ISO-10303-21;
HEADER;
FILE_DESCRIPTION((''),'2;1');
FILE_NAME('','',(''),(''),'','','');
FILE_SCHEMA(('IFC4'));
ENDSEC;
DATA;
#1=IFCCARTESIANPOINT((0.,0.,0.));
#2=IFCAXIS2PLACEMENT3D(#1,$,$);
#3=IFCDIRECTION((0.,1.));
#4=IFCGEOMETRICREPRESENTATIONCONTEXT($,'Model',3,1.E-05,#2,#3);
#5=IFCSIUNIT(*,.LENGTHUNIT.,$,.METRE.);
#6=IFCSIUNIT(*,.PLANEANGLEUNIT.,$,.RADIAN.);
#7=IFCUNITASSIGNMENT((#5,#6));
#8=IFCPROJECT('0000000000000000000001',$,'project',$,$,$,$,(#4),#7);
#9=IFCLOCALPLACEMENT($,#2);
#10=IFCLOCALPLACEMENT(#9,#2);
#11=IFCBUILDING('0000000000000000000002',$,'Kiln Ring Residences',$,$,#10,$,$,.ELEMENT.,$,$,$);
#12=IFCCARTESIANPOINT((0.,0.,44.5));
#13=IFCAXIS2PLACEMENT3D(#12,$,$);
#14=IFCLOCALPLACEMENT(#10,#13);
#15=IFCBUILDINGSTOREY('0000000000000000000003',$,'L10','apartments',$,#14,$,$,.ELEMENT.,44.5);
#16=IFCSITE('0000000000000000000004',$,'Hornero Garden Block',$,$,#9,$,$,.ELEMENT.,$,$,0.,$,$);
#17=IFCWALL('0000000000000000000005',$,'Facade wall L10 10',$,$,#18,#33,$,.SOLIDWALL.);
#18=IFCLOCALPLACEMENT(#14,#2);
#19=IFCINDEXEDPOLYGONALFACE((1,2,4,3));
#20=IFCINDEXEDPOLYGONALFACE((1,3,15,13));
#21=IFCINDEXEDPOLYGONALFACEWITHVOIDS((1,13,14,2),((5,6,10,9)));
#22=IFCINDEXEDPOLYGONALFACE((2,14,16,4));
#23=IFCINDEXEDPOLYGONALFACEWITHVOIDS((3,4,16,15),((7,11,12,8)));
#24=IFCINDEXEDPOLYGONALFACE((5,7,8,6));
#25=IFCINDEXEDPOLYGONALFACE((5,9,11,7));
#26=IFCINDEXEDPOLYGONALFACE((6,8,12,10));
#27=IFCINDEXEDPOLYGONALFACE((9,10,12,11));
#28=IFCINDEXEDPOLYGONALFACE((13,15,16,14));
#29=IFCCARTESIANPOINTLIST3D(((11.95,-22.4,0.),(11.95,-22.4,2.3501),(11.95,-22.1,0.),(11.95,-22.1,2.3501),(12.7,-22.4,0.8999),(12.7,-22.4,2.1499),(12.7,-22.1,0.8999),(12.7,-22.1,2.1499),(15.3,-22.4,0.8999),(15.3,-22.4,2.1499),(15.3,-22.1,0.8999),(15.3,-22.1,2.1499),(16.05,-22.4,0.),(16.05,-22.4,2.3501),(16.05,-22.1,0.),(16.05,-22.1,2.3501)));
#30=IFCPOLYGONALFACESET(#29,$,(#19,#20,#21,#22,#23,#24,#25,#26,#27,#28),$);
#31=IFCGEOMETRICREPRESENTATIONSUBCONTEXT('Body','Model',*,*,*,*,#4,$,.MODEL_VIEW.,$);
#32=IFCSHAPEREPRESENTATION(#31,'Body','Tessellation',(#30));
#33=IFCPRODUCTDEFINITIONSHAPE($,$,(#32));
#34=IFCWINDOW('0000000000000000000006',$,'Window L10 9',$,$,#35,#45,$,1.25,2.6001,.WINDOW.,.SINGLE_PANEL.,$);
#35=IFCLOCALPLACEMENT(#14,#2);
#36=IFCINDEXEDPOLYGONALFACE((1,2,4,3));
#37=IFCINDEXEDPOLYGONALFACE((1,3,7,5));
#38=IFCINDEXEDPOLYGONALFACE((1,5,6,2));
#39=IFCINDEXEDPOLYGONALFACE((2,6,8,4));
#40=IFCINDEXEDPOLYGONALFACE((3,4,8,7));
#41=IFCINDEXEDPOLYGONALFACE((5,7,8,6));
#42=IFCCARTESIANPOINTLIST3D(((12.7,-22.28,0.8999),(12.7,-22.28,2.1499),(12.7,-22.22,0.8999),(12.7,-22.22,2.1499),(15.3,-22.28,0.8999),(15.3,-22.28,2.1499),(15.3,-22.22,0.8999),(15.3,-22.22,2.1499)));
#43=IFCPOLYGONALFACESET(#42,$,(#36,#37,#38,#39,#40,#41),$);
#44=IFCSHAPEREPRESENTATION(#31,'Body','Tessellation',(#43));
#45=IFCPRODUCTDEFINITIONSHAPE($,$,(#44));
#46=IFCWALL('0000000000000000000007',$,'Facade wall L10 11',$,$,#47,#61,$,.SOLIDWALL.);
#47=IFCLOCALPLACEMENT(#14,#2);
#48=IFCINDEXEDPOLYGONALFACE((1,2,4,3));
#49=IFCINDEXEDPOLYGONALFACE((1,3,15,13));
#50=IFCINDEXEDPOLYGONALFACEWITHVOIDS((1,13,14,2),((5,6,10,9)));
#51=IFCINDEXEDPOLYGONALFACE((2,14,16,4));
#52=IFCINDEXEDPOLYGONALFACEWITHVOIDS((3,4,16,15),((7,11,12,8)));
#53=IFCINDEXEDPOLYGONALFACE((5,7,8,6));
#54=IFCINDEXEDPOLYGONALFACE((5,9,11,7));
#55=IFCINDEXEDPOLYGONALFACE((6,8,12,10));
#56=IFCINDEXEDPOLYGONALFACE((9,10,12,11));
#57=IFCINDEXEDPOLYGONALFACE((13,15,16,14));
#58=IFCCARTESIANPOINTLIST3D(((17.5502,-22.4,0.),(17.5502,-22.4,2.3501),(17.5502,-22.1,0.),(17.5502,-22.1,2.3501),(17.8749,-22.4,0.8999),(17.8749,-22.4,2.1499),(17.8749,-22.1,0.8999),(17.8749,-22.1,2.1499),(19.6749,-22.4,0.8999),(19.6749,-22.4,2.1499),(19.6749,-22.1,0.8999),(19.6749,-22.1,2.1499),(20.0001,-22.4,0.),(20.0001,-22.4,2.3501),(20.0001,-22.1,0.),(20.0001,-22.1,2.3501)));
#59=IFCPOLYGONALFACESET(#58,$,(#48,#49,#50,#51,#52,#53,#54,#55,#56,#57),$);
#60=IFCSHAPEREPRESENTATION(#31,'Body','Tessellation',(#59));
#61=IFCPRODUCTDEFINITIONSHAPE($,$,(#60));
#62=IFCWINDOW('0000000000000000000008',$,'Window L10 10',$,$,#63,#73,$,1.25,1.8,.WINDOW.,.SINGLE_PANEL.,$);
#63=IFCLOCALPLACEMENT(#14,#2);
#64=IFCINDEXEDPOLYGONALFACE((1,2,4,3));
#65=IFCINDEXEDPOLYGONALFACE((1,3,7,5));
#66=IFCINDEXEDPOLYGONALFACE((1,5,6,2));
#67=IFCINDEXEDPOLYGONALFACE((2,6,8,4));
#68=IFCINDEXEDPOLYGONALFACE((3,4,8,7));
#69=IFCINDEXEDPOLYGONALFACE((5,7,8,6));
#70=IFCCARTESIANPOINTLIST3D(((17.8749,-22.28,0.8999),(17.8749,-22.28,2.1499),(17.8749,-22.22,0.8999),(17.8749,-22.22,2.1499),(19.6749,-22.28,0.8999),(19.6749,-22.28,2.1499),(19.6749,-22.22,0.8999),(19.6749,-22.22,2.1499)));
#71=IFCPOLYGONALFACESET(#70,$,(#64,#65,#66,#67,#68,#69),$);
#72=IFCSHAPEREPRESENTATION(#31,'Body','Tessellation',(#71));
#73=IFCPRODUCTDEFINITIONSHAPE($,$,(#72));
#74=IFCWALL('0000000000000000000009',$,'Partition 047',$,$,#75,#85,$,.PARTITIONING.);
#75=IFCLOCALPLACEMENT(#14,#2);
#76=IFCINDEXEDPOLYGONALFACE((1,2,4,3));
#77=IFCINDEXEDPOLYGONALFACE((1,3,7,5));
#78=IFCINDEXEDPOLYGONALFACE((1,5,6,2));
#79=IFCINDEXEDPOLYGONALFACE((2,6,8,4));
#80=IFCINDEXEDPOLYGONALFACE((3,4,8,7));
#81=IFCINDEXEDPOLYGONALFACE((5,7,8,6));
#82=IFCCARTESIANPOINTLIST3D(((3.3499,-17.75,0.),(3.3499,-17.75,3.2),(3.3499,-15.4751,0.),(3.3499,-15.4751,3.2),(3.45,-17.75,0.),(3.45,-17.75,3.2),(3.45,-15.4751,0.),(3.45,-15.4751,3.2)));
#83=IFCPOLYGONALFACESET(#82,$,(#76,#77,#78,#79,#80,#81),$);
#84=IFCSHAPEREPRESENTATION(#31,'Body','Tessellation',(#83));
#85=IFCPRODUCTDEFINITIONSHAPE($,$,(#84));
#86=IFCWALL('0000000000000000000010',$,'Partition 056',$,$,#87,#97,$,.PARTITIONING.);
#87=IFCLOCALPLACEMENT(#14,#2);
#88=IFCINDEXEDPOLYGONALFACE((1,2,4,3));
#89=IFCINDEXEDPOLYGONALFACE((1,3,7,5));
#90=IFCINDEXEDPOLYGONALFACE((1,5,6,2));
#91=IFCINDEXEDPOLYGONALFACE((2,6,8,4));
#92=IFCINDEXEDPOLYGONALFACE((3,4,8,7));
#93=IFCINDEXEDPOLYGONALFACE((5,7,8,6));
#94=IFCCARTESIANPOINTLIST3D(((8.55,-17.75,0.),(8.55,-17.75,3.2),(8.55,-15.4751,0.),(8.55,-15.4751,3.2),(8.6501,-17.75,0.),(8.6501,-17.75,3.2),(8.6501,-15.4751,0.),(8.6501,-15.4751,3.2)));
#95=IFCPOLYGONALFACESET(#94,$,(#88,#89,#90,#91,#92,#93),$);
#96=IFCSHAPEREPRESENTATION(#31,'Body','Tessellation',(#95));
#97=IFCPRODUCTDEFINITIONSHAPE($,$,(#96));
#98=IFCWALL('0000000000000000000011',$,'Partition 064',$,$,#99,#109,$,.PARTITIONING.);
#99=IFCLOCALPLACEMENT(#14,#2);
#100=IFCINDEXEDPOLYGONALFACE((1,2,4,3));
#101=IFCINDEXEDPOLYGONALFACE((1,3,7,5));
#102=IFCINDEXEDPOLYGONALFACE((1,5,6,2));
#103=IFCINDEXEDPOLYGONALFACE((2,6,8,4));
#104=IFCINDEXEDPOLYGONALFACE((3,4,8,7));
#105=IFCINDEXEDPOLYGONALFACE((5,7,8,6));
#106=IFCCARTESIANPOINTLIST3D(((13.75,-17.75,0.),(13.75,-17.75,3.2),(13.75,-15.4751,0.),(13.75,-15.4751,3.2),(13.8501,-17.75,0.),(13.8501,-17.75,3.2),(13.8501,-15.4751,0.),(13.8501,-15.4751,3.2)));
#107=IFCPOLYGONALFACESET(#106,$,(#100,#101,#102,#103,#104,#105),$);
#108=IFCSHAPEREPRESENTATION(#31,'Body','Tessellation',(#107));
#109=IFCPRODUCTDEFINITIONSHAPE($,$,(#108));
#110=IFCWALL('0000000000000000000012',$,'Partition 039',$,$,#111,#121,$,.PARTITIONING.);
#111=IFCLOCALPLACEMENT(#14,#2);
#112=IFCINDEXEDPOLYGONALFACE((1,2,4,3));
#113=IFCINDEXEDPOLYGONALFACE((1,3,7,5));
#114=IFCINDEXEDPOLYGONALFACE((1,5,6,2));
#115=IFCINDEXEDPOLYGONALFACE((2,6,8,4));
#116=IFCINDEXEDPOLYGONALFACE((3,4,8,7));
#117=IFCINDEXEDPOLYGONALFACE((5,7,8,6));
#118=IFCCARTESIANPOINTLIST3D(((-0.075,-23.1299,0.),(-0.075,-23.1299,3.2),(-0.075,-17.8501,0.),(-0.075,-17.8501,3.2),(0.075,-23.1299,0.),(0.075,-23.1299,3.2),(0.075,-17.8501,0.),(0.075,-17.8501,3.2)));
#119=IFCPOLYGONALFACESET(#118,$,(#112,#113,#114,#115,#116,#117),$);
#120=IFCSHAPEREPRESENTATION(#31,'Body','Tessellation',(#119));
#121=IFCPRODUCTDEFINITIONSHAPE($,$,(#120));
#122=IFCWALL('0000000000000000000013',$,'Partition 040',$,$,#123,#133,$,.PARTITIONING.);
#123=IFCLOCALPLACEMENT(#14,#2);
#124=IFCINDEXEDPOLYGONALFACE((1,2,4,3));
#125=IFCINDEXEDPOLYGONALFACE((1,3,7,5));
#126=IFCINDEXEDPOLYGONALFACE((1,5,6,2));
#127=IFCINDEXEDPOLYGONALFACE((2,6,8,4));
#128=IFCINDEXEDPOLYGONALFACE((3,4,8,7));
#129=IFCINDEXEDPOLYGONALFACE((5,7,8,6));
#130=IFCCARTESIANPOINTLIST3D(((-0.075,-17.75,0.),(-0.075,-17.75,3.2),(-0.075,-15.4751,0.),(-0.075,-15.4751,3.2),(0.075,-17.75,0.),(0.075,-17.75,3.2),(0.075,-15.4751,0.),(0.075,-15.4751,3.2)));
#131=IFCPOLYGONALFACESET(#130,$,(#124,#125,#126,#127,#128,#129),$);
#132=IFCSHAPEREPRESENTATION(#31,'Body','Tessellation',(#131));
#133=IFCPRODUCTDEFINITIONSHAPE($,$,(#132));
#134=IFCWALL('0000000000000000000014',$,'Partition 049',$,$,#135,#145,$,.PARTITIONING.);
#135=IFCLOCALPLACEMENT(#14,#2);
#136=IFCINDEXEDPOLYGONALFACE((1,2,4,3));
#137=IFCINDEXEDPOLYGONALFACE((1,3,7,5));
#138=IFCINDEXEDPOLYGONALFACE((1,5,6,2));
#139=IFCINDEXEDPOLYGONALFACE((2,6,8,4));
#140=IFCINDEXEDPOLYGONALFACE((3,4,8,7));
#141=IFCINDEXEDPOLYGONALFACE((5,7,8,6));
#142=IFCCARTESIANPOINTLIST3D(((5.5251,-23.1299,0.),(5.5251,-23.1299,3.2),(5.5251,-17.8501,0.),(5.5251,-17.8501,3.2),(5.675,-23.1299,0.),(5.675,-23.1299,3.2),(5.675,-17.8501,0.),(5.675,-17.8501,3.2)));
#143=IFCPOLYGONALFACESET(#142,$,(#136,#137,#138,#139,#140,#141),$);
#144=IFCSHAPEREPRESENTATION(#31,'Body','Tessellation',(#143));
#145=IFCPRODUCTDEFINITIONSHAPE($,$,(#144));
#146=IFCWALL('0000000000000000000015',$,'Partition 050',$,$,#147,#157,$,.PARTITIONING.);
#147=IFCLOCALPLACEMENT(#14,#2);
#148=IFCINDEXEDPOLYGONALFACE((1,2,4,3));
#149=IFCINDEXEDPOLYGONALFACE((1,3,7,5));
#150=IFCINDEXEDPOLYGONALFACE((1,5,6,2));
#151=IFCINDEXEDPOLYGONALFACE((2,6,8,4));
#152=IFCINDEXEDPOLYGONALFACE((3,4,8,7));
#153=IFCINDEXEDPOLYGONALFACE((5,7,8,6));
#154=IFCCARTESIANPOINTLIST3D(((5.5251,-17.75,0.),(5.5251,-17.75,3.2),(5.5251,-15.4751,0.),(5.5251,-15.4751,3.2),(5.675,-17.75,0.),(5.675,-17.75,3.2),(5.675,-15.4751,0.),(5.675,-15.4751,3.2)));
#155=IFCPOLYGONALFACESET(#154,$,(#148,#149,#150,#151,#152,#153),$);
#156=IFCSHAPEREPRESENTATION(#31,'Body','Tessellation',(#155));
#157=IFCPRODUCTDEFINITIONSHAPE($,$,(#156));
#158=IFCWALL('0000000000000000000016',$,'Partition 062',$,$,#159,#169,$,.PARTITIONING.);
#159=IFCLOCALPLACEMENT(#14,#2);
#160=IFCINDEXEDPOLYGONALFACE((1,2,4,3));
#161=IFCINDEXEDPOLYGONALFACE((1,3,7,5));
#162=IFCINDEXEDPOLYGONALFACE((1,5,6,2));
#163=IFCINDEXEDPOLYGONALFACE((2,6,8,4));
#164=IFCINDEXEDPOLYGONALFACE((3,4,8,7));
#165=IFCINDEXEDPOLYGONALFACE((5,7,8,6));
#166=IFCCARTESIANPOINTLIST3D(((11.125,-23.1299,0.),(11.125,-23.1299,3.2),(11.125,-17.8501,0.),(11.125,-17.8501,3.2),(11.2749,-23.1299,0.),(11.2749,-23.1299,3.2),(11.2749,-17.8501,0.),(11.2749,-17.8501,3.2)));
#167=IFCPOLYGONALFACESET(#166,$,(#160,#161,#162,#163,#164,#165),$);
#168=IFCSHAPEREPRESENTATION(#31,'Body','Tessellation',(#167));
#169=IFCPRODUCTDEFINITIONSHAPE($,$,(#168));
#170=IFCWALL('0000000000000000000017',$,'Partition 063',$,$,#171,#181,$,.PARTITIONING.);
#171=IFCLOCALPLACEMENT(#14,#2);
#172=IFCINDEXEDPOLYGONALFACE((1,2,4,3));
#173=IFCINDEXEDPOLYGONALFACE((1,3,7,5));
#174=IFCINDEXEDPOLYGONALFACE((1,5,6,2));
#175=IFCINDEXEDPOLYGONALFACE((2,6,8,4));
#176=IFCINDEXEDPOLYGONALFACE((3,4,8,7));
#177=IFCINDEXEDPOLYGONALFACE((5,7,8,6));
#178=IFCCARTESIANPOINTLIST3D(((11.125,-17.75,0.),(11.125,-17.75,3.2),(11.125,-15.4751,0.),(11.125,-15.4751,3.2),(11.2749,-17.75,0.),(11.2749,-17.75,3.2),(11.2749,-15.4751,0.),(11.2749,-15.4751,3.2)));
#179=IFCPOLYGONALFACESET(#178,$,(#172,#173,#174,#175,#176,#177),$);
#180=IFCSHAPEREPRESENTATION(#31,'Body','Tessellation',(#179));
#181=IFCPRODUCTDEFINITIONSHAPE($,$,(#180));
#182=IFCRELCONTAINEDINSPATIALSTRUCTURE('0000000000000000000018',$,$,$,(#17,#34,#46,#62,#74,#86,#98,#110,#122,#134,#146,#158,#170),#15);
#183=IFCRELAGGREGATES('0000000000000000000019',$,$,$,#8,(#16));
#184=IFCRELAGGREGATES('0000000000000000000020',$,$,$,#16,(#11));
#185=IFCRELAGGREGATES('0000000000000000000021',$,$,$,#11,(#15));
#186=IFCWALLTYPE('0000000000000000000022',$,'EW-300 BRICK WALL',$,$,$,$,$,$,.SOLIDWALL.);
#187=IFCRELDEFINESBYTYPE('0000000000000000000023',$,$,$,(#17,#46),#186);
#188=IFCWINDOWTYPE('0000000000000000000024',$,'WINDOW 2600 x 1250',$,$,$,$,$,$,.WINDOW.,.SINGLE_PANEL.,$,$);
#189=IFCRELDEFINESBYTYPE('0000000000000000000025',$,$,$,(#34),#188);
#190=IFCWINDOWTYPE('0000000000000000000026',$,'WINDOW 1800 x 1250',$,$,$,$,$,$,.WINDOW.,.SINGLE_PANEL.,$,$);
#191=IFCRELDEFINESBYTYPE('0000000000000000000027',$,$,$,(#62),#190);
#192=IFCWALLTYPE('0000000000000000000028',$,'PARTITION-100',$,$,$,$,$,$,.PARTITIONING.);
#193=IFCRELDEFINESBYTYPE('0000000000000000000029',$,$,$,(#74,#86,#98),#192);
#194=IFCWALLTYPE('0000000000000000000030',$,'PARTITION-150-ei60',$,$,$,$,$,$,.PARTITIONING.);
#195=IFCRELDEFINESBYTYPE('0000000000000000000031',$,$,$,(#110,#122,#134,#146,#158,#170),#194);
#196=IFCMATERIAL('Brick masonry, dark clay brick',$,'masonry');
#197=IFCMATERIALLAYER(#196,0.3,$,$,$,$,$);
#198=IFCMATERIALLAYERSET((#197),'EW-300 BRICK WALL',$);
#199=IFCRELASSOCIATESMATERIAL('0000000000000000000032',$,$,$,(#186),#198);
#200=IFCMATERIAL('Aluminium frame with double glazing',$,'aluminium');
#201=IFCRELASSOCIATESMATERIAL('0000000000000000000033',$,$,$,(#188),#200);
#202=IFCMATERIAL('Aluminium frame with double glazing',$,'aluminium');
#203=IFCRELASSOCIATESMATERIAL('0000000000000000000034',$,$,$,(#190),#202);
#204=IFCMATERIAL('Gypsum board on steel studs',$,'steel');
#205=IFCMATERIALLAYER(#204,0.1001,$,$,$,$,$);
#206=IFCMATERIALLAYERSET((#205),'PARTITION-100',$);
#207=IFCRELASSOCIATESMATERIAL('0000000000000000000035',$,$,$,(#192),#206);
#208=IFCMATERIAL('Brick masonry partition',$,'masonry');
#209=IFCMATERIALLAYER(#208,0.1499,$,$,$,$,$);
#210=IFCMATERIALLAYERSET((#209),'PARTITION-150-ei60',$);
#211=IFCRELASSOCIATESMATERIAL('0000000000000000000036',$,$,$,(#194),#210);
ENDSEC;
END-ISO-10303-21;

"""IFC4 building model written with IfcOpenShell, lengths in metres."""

from ifc_helpers import new_model, si_unit, direction, frame, frame_2d, origin, place, context, subcontext, project, spatial, rectangle, extrude, material, layer, layer_set, type_object, element, fill, save


model = new_model("IFC4")

# Units and contexts
model_context = context("Model", 3, precision=1e-05, world=origin(), true_north=direction((0.0, 1.0)))
body_context = subcontext(model_context, "Body", "Model", "MODEL_VIEW")
ifc_project = project(units=[si_unit("LENGTHUNIT", "METRE"), si_unit("PLANEANGLEUNIT", "RADIAN")], contexts=[model_context])

# Site, building, storey
site_placement = place(None, origin())
site = spatial("IfcSite", under=ifc_project, at=site_placement, Name="Hornero Garden Block", CompositionType="ELEMENT", RefElevation=0.0)
building_placement = place(site_placement, origin())
building = spatial("IfcBuilding", under=site, at=building_placement, Name="Kiln Ring Residences", CompositionType="ELEMENT")
storey_placement = place(building_placement, frame((0.0, 0.0, 44.5)))
storey = spatial("IfcBuildingStorey", under=building, at=storey_placement, Name="L10", Description="apartments", CompositionType="ELEMENT", Elevation=44.5)

# Walls, openings, windows
ifc_material_1 = material(Name="Brick masonry, dark clay brick", Category="masonry")
ifc_layer_1 = layer(ifc_material_1, 0.3)
ifc_layer_set_1 = layer_set([ifc_layer_1], Name="EW-300 BRICK WALL")
wall_type_1 = type_object("IfcWallType", Name="EW-300 BRICK WALL", PredefinedType="SOLIDWALL", material=ifc_layer_set_1)
ifc_material_2 = material(Name="Aluminium frame with double glazing", Category="aluminium")
window_type_1 = type_object("IfcWindowType", Name="WINDOW 2600 x 1250", PartitioningType="SINGLE_PANEL", PredefinedType="WINDOW", material=ifc_material_2)
wall_1_placement = place(storey_placement, frame((11.95, -22.25, 0.0), z_axis=(0.0, 0.0, 1.0), x_axis=(1.0, 0.0, 0.0)))
wall_1 = element("IfcWall", 1, at=wall_1_placement, inside=storey, type_object=wall_type_1, Name="Facade wall L10 10", PredefinedType="SOLIDWALL", context=body_context, shape_type="SweptSolid", body=[
    extrude(rectangle(XDim=4.1001, YDim=0.3, at=frame_2d((2.05, 0.0))), origin(), (0.0, 0.0, 1.0), 2.3501),
])
opening_1_placement = place(wall_1_placement, frame((0.75, 0.0, 0.8999)))
opening_1 = element("IfcOpeningElement", 2, at=opening_1_placement, cuts=wall_1, PredefinedType="OPENING", context=body_context, shape_type="SweptSolid", body=[
    extrude(rectangle(XDim=2.6001, YDim=1.25, at=frame_2d((1.3, 0.625))), frame((0.0, 0.1599, 0.0), z_axis=(0.0, -1.0, 0.0), x_axis=(1.0, 0.0, 0.0)), (0.0, 0.0, 1.0), 0.3201),
])
window_1_placement = place(opening_1_placement, origin())
window_1 = element("IfcWindow", 3, at=window_1_placement, inside=storey, type_object=window_type_1, Name="Window L10 9", OverallHeight=1.25, OverallWidth=2.6001, PartitioningType="SINGLE_PANEL", PredefinedType="WINDOW", context=body_context, shape_type="SweptSolid", body=[
    extrude(rectangle(XDim=2.6001, YDim=1.25, at=frame_2d((1.3, 0.625))), frame((0.0, 0.03, 0.0), z_axis=(0.0, -1.0, 0.0), x_axis=(1.0, 0.0, 0.0)), (0.0, 0.0, 1.0), 0.0601),
])
fill(opening_1, window_1)
wall_2_placement = place(storey_placement, frame((17.55, -22.25, 0.0), z_axis=(0.0, 0.0, 1.0), x_axis=(1.0, 0.0, 0.0)))
wall_2 = element("IfcWall", 4, at=wall_2_placement, inside=storey, type_object=wall_type_1, Name="Facade wall L10 11", PredefinedType="SOLIDWALL", context=body_context, shape_type="SweptSolid", body=[
    extrude(rectangle(XDim=2.45, YDim=0.3, at=frame_2d((1.2251, 0.0))), origin(), (0.0, 0.0, 1.0), 2.3501),
])
opening_2_placement = place(wall_2_placement, frame((0.325, 0.0, 0.8999)))
opening_2 = element("IfcOpeningElement", 5, at=opening_2_placement, cuts=wall_2, PredefinedType="OPENING", context=body_context, shape_type="SweptSolid", body=[
    extrude(rectangle(XDim=1.8, YDim=1.25, at=frame_2d((0.8999, 0.625))), frame((0.0, 0.1599, 0.0), z_axis=(0.0, -1.0, 0.0), x_axis=(1.0, 0.0, 0.0)), (0.0, 0.0, 1.0), 0.3201),
])
ifc_material_3 = material(Name="Aluminium frame with double glazing", Category="aluminium")
window_type_2 = type_object("IfcWindowType", Name="WINDOW 1800 x 1250", PartitioningType="SINGLE_PANEL", PredefinedType="WINDOW", material=ifc_material_3)
window_2_placement = place(opening_2_placement, origin())
window_2 = element("IfcWindow", 6, at=window_2_placement, inside=storey, type_object=window_type_2, Name="Window L10 10", OverallHeight=1.25, OverallWidth=1.8, PartitioningType="SINGLE_PANEL", PredefinedType="WINDOW", context=body_context, shape_type="SweptSolid", body=[
    extrude(rectangle(XDim=1.8, YDim=1.25, at=frame_2d((0.8999, 0.625))), frame((0.0, 0.03, 0.0), z_axis=(0.0, -1.0, 0.0), x_axis=(1.0, 0.0, 0.0)), (0.0, 0.0, 1.0), 0.0601),
])
fill(opening_2, window_2)

# Walls
ifc_material_4 = material(Name="Gypsum board on steel studs", Category="steel")
ifc_layer_2 = layer(ifc_material_4, 0.1001)
ifc_layer_set_2 = layer_set([ifc_layer_2], Name="PARTITION-100")
wall_type_2 = type_object("IfcWallType", Name="PARTITION-100", PredefinedType="PARTITIONING", material=ifc_layer_set_2)
for number, where, z_axis, x_axis, name in (
    (7, (3.3999, -17.75, 0.0), (0.0, 0.0, 1.0), (0.0, 1.0, 0.0), "Partition 047"),
    (8, (8.6001, -17.75, 0.0), (0.0, 0.0, 1.0), (0.0, 1.0, 0.0), "Partition 056"),
    (9, (13.8, -17.75, 0.0), (0.0, 0.0, 1.0), (0.0, 1.0, 0.0), "Partition 064"),
):
    element("IfcWall", number, at=place(storey_placement, frame(where, z_axis=z_axis, x_axis=x_axis)), inside=storey, type_object=wall_type_2, Name=name, PredefinedType="PARTITIONING", context=body_context, shape_type="SweptSolid", body=[
        extrude(rectangle(XDim=2.2749, YDim=0.1001, at=frame_2d((1.1375, 0.0))), origin(), (0.0, 0.0, 1.0), 3.2),
    ])
ifc_material_5 = material(Name="Brick masonry partition", Category="masonry")
ifc_layer_3 = layer(ifc_material_5, 0.1499)
ifc_layer_set_3 = layer_set([ifc_layer_3], Name="PARTITION-150-ei60")
wall_type_3 = type_object("IfcWallType", Name="PARTITION-150-ei60", PredefinedType="PARTITIONING", material=ifc_layer_set_3)
wall_3_placement = place(storey_placement, frame((0.0, -23.1299, 0.0), z_axis=(0.0, 0.0, 1.0), x_axis=(0.0, 1.0, 0.0)))
element("IfcWall", 10, at=wall_3_placement, inside=storey, type_object=wall_type_3, Name="Partition 039", PredefinedType="PARTITIONING", context=body_context, shape_type="SweptSolid", body=[
    extrude(rectangle(XDim=5.2798, YDim=0.1499, at=frame_2d((2.6399, 0.0))), origin(), (0.0, 0.0, 1.0), 3.2),
])
wall_4_placement = place(storey_placement, frame((0.0, -17.75, 0.0), z_axis=(0.0, 0.0, 1.0), x_axis=(0.0, 1.0, 0.0)))
element("IfcWall", 11, at=wall_4_placement, inside=storey, type_object=wall_type_3, Name="Partition 040", PredefinedType="PARTITIONING", context=body_context, shape_type="SweptSolid", body=[
    extrude(rectangle(XDim=2.2749, YDim=0.1499, at=frame_2d((1.1375, 0.0))), origin(), (0.0, 0.0, 1.0), 3.2),
])
wall_5_placement = place(storey_placement, frame((5.6001, -23.1299, 0.0), z_axis=(0.0, 0.0, 1.0), x_axis=(0.0, 1.0, 0.0)))
element("IfcWall", 12, at=wall_5_placement, inside=storey, type_object=wall_type_3, Name="Partition 049", PredefinedType="PARTITIONING", context=body_context, shape_type="SweptSolid", body=[
    extrude(rectangle(XDim=5.2798, YDim=0.1499, at=frame_2d((2.6399, 0.0))), origin(), (0.0, 0.0, 1.0), 3.2),
])
wall_6_placement = place(storey_placement, frame((5.6001, -17.75, 0.0), z_axis=(0.0, 0.0, 1.0), x_axis=(0.0, 1.0, 0.0)))
element("IfcWall", 13, at=wall_6_placement, inside=storey, type_object=wall_type_3, Name="Partition 050", PredefinedType="PARTITIONING", context=body_context, shape_type="SweptSolid", body=[
    extrude(rectangle(XDim=2.2749, YDim=0.1499, at=frame_2d((1.1375, 0.0))), origin(), (0.0, 0.0, 1.0), 3.2),
])
wall_7_placement = place(storey_placement, frame((11.2, -23.1299, 0.0), z_axis=(0.0, 0.0, 1.0), x_axis=(0.0, 1.0, 0.0)))
element("IfcWall", 14, at=wall_7_placement, inside=storey, type_object=wall_type_3, Name="Partition 062", PredefinedType="PARTITIONING", context=body_context, shape_type="SweptSolid", body=[
    extrude(rectangle(XDim=5.2798, YDim=0.1499, at=frame_2d((2.6399, 0.0))), origin(), (0.0, 0.0, 1.0), 3.2),
])
wall_8_placement = place(storey_placement, frame((11.2, -17.75, 0.0), z_axis=(0.0, 0.0, 1.0), x_axis=(0.0, 1.0, 0.0)))
element("IfcWall", 15, at=wall_8_placement, inside=storey, type_object=wall_type_3, Name="Partition 063", PredefinedType="PARTITIONING", context=body_context, shape_type="SweptSolid", body=[
    extrude(rectangle(XDim=2.2749, YDim=0.1499, at=frame_2d((1.1375, 0.0))), origin(), (0.0, 0.0, 1.0), 3.2),
])

save(model, "model.ifc")
